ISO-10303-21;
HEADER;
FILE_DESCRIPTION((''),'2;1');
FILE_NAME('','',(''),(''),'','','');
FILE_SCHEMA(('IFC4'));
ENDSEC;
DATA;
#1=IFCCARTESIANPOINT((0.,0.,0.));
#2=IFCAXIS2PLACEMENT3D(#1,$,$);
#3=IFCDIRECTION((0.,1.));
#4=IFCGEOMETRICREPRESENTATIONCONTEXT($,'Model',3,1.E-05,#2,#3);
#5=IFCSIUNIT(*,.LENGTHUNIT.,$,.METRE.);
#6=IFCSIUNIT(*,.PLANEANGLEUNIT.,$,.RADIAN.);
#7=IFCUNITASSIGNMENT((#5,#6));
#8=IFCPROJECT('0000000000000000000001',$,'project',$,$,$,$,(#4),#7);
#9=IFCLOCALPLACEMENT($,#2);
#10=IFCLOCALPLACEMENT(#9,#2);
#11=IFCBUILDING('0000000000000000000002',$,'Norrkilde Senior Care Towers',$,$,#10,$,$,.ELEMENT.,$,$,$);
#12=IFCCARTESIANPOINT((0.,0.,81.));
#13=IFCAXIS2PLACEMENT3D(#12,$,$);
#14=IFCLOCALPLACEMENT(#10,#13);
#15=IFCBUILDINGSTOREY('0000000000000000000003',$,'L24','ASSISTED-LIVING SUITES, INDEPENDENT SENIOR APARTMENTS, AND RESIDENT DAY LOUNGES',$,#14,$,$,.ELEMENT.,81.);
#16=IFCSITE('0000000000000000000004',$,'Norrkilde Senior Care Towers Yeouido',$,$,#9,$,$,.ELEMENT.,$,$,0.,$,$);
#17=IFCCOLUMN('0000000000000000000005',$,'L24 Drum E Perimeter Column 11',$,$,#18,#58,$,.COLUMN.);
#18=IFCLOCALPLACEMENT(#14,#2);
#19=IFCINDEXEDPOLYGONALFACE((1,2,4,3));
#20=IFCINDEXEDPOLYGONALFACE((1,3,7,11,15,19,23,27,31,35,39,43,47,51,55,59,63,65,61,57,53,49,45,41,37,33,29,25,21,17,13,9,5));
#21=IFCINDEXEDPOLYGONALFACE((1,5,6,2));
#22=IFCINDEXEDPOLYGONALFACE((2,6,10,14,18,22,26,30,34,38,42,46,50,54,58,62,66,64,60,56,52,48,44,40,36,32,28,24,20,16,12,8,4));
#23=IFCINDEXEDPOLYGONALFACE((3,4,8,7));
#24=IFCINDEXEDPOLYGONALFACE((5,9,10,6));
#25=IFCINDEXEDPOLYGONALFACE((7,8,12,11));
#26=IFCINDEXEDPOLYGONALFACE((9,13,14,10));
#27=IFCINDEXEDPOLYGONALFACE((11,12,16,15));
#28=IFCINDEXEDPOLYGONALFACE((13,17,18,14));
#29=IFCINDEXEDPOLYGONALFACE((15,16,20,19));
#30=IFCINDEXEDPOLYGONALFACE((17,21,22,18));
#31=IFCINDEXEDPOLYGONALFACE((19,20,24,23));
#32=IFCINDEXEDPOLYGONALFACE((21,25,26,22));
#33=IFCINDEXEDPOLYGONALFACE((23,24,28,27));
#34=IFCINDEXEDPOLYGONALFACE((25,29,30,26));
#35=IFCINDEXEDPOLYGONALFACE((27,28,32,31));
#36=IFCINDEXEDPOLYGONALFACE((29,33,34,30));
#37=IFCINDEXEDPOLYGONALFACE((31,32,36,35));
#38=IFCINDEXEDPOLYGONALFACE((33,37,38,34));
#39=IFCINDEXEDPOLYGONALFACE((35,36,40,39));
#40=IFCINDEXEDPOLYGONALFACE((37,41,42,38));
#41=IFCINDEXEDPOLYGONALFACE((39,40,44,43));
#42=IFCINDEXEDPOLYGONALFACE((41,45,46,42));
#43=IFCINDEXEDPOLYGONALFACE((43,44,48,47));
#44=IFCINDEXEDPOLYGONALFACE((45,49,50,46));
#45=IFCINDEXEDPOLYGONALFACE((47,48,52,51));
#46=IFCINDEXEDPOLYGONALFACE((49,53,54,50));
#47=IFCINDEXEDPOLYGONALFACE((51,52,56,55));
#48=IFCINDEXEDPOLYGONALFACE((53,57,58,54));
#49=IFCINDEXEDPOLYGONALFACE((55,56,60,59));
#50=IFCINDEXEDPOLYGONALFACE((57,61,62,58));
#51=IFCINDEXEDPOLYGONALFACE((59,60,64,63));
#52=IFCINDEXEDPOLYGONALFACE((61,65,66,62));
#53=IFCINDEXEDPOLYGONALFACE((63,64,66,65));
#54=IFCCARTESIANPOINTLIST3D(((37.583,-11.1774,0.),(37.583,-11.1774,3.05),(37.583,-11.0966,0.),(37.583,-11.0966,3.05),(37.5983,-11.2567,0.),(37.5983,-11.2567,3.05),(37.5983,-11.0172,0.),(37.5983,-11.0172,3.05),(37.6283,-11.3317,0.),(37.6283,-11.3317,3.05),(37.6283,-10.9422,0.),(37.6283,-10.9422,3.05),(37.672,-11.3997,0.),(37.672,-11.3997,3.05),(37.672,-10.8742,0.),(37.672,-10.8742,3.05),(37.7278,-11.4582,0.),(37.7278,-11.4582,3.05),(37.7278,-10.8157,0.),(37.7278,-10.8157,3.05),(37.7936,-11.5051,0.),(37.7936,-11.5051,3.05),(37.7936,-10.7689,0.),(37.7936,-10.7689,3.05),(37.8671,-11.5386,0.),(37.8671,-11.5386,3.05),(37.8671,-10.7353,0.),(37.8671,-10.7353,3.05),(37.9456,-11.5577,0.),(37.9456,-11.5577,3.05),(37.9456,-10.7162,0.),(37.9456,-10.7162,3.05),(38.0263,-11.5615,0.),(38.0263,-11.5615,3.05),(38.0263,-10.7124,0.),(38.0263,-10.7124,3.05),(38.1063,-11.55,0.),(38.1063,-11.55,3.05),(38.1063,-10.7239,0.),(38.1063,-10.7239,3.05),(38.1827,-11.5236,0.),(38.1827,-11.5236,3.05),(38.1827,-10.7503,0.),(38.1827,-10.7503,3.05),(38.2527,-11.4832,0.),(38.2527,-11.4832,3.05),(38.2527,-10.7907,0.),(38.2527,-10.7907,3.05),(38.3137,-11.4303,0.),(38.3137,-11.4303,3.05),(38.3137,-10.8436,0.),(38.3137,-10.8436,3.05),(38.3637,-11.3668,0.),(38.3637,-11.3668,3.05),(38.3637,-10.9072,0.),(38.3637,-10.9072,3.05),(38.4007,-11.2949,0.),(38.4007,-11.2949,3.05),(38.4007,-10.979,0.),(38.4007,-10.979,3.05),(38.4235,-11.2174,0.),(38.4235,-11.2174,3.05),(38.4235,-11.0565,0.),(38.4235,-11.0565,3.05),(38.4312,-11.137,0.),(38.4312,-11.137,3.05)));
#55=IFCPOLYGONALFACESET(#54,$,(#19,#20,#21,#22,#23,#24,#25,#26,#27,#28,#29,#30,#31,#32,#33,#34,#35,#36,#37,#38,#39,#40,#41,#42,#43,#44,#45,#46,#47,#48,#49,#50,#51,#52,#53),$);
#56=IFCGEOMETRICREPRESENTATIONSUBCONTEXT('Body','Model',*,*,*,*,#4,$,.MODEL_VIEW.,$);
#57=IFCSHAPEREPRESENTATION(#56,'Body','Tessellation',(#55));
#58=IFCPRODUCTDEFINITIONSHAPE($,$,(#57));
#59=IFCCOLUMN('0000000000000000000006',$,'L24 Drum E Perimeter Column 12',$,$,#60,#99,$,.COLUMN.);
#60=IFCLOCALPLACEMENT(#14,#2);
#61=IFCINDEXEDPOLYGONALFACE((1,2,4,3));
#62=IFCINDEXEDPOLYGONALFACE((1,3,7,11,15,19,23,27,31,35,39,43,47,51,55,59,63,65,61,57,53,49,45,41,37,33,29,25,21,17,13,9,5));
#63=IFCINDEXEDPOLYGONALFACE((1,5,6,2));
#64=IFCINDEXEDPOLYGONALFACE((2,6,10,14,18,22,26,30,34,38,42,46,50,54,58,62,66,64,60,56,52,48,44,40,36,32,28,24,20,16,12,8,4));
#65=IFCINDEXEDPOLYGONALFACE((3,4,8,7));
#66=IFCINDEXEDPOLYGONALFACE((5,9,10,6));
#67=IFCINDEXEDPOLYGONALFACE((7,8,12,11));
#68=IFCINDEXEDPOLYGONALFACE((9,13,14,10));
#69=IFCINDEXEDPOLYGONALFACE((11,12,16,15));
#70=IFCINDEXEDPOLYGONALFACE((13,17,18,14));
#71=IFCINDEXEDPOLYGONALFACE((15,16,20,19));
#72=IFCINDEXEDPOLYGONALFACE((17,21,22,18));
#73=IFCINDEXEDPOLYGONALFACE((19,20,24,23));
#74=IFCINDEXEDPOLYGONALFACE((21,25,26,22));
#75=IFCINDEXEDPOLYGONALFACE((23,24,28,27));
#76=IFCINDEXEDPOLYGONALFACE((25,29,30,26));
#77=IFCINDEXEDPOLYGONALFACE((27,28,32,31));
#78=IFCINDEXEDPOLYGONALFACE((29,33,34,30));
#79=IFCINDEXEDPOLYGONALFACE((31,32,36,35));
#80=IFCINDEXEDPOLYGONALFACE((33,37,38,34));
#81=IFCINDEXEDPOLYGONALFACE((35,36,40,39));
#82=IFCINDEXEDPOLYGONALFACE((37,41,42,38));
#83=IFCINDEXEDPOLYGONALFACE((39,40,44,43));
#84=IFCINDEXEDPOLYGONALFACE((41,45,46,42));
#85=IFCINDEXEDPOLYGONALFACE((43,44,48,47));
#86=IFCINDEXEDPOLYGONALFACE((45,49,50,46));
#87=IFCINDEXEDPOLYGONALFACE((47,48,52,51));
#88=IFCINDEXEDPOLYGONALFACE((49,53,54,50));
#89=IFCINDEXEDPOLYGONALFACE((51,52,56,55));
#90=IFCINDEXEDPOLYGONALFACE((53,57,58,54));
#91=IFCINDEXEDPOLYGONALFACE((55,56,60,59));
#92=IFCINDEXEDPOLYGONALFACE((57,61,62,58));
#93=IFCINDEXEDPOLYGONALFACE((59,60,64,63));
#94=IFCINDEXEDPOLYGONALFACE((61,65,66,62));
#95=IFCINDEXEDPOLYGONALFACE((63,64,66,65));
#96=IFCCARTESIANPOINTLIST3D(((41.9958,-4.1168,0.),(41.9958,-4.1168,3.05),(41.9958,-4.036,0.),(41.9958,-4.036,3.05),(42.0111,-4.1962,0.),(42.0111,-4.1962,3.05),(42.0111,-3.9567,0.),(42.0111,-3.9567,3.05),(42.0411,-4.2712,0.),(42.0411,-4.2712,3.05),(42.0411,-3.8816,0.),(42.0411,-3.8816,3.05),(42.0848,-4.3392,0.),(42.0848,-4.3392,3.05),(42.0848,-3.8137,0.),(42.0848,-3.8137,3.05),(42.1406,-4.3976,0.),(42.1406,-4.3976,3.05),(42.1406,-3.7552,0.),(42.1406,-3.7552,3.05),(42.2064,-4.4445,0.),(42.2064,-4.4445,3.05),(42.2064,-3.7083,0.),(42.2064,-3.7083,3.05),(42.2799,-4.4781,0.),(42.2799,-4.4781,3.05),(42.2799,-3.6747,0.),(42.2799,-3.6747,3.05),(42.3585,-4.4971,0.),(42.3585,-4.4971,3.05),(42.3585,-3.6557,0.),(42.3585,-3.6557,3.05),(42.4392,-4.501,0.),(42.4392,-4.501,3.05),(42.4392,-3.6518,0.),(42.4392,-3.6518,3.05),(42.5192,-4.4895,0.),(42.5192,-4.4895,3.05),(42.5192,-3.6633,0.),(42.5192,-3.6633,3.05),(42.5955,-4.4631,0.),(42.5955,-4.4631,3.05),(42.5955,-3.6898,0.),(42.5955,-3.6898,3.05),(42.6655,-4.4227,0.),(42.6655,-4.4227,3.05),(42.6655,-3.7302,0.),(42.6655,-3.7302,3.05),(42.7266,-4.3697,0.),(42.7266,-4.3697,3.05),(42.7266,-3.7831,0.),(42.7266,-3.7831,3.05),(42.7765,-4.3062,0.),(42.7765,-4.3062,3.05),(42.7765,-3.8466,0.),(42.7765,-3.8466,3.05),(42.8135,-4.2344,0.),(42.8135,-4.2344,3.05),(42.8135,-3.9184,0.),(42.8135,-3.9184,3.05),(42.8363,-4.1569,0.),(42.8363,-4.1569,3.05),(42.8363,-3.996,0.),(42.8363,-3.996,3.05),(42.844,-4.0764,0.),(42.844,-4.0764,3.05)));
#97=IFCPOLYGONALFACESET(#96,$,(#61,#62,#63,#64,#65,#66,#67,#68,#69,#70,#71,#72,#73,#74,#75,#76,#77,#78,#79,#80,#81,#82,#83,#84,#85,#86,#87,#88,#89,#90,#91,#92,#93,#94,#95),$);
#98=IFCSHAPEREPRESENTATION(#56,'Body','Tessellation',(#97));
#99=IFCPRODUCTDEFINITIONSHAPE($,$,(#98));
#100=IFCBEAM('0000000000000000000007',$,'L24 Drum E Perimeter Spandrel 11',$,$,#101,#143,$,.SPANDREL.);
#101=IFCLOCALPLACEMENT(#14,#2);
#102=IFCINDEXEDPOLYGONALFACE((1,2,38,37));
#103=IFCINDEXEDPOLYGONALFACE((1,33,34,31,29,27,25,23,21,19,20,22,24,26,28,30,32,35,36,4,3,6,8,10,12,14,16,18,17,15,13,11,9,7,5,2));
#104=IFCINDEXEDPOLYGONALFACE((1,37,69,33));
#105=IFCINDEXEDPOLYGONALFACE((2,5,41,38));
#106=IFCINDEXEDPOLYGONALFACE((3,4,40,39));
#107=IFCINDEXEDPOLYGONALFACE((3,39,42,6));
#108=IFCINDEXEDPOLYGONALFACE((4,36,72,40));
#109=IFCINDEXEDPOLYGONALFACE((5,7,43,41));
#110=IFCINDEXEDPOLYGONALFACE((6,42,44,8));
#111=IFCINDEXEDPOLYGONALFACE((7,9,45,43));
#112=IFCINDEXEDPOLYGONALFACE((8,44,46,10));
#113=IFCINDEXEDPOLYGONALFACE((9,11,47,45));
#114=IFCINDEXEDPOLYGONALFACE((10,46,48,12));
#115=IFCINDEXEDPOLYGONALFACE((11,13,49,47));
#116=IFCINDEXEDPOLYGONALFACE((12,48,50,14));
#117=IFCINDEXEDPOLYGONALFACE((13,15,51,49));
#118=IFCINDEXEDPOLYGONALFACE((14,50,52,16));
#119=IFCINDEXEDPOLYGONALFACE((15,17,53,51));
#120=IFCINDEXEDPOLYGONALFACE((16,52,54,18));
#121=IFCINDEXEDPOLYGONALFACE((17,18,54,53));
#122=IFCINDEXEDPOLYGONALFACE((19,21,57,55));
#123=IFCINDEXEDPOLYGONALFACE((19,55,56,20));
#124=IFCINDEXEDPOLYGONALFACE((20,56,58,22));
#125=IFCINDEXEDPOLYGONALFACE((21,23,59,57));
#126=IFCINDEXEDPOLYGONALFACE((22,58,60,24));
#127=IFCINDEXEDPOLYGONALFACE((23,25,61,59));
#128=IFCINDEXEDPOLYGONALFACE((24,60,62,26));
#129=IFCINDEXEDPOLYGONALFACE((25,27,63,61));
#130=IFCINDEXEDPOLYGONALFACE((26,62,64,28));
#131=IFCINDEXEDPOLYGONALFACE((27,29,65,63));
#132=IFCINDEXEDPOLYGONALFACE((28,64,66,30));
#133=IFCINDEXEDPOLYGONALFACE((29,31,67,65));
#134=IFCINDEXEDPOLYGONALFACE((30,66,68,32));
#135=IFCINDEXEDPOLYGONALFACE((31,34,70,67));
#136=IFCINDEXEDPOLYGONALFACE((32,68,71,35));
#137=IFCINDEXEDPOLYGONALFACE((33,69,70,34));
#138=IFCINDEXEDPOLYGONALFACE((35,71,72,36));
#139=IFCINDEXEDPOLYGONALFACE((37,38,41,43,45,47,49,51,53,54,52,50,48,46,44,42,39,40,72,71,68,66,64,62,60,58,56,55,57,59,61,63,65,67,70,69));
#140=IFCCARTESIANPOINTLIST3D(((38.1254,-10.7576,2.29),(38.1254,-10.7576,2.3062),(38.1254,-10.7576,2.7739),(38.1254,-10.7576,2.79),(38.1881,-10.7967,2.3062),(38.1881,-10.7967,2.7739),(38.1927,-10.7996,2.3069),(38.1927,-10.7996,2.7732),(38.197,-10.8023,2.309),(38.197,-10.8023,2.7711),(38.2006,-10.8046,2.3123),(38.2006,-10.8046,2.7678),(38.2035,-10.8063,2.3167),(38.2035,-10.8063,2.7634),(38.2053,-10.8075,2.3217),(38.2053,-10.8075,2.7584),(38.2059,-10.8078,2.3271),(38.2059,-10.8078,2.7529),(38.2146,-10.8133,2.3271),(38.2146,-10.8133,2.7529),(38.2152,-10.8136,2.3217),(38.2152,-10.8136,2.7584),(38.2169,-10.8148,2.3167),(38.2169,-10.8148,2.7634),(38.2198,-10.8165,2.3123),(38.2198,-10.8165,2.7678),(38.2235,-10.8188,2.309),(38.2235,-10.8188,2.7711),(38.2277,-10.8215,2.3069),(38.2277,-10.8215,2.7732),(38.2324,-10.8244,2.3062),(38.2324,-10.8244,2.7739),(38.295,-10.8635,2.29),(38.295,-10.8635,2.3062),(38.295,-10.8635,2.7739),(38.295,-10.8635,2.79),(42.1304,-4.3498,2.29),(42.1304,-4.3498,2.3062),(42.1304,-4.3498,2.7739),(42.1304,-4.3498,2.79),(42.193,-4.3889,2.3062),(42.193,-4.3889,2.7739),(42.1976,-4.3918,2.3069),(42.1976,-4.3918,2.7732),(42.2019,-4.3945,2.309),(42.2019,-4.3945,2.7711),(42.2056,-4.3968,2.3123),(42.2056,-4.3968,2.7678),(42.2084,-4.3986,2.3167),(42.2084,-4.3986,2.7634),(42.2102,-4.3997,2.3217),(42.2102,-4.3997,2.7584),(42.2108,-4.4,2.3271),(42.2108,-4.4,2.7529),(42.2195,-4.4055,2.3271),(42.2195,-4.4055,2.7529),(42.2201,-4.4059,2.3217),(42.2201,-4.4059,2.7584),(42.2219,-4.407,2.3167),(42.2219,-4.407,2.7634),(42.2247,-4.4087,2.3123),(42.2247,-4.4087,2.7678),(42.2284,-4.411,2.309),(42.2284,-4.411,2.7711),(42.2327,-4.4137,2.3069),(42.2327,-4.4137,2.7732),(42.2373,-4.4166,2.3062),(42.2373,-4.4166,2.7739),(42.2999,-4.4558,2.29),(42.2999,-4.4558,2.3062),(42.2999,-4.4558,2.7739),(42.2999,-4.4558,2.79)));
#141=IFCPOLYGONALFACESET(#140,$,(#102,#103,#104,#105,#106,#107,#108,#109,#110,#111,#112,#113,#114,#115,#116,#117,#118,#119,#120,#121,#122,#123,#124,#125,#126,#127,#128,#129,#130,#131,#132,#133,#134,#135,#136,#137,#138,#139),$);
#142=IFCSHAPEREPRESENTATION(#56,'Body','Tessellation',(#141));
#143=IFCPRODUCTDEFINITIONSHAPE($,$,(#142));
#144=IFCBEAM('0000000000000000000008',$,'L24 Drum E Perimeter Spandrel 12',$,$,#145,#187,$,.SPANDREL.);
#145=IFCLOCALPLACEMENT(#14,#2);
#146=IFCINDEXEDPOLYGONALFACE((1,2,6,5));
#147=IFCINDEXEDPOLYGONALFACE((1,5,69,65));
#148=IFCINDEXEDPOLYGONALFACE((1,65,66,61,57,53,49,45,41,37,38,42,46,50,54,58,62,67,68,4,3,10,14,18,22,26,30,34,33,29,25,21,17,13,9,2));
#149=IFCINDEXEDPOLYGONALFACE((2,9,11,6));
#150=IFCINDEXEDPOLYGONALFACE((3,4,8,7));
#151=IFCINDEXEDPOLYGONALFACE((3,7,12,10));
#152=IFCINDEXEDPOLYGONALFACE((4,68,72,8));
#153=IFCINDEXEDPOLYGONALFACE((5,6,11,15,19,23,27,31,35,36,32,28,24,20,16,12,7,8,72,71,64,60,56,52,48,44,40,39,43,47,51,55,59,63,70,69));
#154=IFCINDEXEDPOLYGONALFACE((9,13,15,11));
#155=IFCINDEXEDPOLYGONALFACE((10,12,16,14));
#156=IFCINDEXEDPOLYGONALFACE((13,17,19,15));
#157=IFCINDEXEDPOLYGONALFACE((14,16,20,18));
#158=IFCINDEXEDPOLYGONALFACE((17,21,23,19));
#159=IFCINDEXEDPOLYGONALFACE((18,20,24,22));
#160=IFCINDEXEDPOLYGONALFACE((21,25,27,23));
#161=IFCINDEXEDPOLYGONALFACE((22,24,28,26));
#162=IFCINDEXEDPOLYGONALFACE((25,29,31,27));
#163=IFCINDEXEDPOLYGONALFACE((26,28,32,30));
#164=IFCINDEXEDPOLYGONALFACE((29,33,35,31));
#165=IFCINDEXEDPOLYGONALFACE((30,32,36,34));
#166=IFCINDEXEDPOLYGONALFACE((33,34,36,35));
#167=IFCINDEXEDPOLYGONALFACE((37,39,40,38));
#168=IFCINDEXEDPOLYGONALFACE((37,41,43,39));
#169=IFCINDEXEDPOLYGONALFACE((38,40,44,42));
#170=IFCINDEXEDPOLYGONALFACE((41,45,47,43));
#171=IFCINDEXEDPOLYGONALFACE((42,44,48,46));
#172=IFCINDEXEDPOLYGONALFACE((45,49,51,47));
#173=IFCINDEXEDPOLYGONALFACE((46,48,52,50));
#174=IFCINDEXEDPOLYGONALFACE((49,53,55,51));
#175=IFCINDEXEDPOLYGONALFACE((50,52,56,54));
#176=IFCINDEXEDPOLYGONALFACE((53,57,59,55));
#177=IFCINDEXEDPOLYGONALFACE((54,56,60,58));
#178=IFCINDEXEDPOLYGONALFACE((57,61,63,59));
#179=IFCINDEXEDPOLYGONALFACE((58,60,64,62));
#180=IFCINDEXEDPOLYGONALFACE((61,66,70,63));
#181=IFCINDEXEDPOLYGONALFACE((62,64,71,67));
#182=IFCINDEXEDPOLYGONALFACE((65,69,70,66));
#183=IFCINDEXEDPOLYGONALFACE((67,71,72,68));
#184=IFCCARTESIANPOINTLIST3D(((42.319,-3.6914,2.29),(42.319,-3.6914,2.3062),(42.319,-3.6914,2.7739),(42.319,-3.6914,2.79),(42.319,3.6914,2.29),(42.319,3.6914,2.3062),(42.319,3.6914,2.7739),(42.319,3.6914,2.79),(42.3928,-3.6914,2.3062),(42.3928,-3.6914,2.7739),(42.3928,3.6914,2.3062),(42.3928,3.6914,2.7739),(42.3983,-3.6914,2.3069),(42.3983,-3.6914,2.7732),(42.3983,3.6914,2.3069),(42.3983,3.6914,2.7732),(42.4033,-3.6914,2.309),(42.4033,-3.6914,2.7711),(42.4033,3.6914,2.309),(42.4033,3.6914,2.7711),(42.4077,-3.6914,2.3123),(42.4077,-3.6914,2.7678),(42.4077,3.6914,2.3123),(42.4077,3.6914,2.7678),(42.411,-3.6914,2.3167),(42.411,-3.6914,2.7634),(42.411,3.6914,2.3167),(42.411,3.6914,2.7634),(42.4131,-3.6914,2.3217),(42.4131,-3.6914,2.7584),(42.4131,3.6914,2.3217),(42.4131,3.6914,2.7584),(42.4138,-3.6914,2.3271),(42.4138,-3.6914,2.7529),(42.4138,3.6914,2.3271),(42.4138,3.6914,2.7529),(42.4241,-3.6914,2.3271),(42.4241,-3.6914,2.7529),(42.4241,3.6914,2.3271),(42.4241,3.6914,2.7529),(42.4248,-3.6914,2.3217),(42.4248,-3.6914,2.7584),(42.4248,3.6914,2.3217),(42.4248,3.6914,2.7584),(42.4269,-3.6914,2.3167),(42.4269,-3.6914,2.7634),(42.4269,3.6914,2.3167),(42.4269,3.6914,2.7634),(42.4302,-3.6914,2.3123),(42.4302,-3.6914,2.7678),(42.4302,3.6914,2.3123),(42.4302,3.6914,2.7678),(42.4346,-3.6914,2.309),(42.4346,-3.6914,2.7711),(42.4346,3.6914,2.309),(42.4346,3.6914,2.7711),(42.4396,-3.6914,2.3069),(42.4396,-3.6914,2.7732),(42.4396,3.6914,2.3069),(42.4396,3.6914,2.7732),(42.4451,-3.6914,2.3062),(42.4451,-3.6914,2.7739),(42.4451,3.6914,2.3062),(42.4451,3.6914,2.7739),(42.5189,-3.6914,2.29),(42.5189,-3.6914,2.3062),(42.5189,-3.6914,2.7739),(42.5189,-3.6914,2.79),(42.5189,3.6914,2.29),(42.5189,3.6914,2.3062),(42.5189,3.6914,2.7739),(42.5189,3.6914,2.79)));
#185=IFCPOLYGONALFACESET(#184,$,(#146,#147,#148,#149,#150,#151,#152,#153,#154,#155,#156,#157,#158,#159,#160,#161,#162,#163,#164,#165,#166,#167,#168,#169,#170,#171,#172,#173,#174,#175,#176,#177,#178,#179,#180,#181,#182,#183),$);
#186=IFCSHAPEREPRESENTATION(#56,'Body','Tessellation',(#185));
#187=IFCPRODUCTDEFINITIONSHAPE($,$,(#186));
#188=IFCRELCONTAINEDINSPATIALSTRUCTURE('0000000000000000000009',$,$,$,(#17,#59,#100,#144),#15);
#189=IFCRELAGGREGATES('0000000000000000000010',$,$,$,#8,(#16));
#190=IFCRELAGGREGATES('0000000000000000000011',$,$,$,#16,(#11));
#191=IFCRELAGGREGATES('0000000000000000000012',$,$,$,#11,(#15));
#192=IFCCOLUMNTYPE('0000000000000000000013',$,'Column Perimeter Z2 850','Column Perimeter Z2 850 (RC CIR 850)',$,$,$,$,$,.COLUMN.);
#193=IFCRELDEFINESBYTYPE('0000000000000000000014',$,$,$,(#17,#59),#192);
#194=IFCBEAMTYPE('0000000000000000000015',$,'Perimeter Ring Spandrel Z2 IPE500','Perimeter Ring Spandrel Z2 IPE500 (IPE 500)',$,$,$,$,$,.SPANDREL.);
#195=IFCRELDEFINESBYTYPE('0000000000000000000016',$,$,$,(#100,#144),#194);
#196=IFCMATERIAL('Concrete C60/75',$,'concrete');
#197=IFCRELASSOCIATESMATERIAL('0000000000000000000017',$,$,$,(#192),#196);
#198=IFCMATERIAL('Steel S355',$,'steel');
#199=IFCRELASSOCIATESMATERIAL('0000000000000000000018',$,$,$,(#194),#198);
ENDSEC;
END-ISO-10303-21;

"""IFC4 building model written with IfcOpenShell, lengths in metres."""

from ifc_helpers import new_model, si_unit, direction, frame, origin, origin_2d, place, context, subcontext, project, spatial, circle, i_section, extrude, source, transform, mapped, material, material_profile, profile_set, type_object, type_shapes, element, save


model = new_model("IFC4")

# Units and contexts
model_context = context("Model", 3, precision=1e-05, world=origin(), true_north=direction((0.0, 1.0)))
body_context = subcontext(model_context, "Body", "Model", "MODEL_VIEW")
ifc_project = project(units=[si_unit("LENGTHUNIT", "METRE"), si_unit("PLANEANGLEUNIT", "RADIAN")], contexts=[model_context])

# Site, building, storey
site_placement = place(None, origin())
site = spatial("IfcSite", under=ifc_project, at=site_placement, Name="Norrkilde Senior Care Towers Yeouido", CompositionType="ELEMENT", RefElevation=0.0)
building_placement = place(site_placement, origin())
building = spatial("IfcBuilding", under=site, at=building_placement, Name="Norrkilde Senior Care Towers", CompositionType="ELEMENT")
storey_placement = place(building_placement, frame((0.0, 0.0, 81.0)))
storey = spatial("IfcBuildingStorey", under=building, at=storey_placement, Name="L24", Description="ASSISTED-LIVING SUITES, INDEPENDENT SENIOR APARTMENTS, AND RESIDENT DAY LOUNGES", CompositionType="ELEMENT", Elevation=81.0)

# Columns
ifc_material_1 = material(Name="Concrete C60/75", Category="concrete")
ifc_material_profile_1 = material_profile(ifc_material_1, circle(Radius=0.425, at=origin_2d()), Name="RC CIR 850")
ifc_profile_set_1 = profile_set([ifc_material_profile_1], Name="Concrete C60/75")
column_type = type_object("IfcColumnType", Name="Column Perimeter Z2 850", Description="Column Perimeter Z2 850 (RC CIR 850)", PredefinedType="COLUMN", material=ifc_profile_set_1)
shared_shape_1 = source(origin(), body_context, "Body", "SweptSolid", [
    extrude(circle(Radius=0.425, at=origin_2d()), origin(), (0.0, 0.0, 1.0), 3.05),
])
type_shapes(column_type, [shared_shape_1])
for number, where, z_axis, x_axis, name in (
    (1, (38.0061, -11.137, 0.0), (0.0, 0.0, 1.0), (1.0, 0.0, 0.0), "L24 Drum E Perimeter Column 11"),
    (2, (42.4189, -4.0764, 0.0), (0.0, 0.0, 1.0), (1.0, 0.0, 0.0), "L24 Drum E Perimeter Column 12"),
):
    element("IfcColumn", number, at=place(storey_placement, frame(where, z_axis=z_axis, x_axis=x_axis)), inside=storey, type_object=column_type, Name=name, PredefinedType="COLUMN", context=body_context, shape_type="MappedRepresentation", body=[
        mapped(shared_shape_1, transform((0.0, 0.0, 0.0), x_axis=(1.0, 0.0, 0.0), y_axis=(0.0, 1.0, 0.0), z_axis=(0.0, 0.0, 1.0), scale=1.0)),
    ])

# Beams
ifc_material_2 = material(Name="Steel S355", Category="steel")
ifc_material_profile_2 = material_profile(ifc_material_2, i_section(OverallWidth=0.2, OverallDepth=0.5, WebThickness=0.0103, FlangeThickness=0.0161, FilletRadius=0.021, at=origin_2d()), Name="IPE 500")
ifc_profile_set_2 = profile_set([ifc_material_profile_2], Name="Steel S355")
beam_type_1 = type_object("IfcBeamType", Name="Perimeter Ring Spandrel Z2 IPE500", Description="Perimeter Ring Spandrel Z2 IPE500 (IPE 500)", PredefinedType="SPANDREL", material=ifc_profile_set_2)
shared_shape_2 = source(origin(), body_context, "Body", "SweptSolid", [
    extrude(i_section(OverallWidth=0.2, OverallDepth=0.5, WebThickness=0.0103, FlangeThickness=0.0161, FilletRadius=0.021, at=origin_2d()), origin(), (0.0, 0.0, 1.0), 7.5564),
])
beam_1_placement = place(storey_placement, frame((38.2102, -10.8105, 2.54), z_axis=(0.530005, 0.847995, 0.0), x_axis=(-0.847995, 0.530005, 0.0)))
element("IfcBeam", 3, at=beam_1_placement, inside=storey, type_object=beam_type_1, Name="L24 Drum E Perimeter Spandrel 11", PredefinedType="SPANDREL", context=body_context, shape_type="MappedRepresentation", body=[
    mapped(shared_shape_2, transform((0.0, 0.0, 0.0), x_axis=(1.0, 0.0, 0.0), y_axis=(0.0, 1.0, 0.0), z_axis=(0.0, 0.0, 1.0), scale=1.0)),
])
shared_shape_3 = source(origin(), body_context, "Body", "SweptSolid", [
    extrude(i_section(OverallWidth=0.2, OverallDepth=0.5, WebThickness=0.0103, FlangeThickness=0.0161, FilletRadius=0.021, at=origin_2d()), origin(), (0.0, 0.0, 1.0), 7.3828),
])
type_shapes(beam_type_1, [shared_shape_2, shared_shape_3])
beam_2_placement = place(storey_placement, frame((42.4189, -3.6914, 2.54), z_axis=(0.0, 1.0, 0.0), x_axis=(-1.0, 0.0, 0.0)))
element("IfcBeam", 4, at=beam_2_placement, inside=storey, type_object=beam_type_1, Name="L24 Drum E Perimeter Spandrel 12", PredefinedType="SPANDREL", context=body_context, shape_type="MappedRepresentation", body=[
    mapped(shared_shape_3, transform((0.0, 0.0, 0.0), x_axis=(1.0, 0.0, 0.0), y_axis=(0.0, 1.0, 0.0), z_axis=(0.0, 0.0, 1.0), scale=1.0)),
])

save(model, "model.ifc")
